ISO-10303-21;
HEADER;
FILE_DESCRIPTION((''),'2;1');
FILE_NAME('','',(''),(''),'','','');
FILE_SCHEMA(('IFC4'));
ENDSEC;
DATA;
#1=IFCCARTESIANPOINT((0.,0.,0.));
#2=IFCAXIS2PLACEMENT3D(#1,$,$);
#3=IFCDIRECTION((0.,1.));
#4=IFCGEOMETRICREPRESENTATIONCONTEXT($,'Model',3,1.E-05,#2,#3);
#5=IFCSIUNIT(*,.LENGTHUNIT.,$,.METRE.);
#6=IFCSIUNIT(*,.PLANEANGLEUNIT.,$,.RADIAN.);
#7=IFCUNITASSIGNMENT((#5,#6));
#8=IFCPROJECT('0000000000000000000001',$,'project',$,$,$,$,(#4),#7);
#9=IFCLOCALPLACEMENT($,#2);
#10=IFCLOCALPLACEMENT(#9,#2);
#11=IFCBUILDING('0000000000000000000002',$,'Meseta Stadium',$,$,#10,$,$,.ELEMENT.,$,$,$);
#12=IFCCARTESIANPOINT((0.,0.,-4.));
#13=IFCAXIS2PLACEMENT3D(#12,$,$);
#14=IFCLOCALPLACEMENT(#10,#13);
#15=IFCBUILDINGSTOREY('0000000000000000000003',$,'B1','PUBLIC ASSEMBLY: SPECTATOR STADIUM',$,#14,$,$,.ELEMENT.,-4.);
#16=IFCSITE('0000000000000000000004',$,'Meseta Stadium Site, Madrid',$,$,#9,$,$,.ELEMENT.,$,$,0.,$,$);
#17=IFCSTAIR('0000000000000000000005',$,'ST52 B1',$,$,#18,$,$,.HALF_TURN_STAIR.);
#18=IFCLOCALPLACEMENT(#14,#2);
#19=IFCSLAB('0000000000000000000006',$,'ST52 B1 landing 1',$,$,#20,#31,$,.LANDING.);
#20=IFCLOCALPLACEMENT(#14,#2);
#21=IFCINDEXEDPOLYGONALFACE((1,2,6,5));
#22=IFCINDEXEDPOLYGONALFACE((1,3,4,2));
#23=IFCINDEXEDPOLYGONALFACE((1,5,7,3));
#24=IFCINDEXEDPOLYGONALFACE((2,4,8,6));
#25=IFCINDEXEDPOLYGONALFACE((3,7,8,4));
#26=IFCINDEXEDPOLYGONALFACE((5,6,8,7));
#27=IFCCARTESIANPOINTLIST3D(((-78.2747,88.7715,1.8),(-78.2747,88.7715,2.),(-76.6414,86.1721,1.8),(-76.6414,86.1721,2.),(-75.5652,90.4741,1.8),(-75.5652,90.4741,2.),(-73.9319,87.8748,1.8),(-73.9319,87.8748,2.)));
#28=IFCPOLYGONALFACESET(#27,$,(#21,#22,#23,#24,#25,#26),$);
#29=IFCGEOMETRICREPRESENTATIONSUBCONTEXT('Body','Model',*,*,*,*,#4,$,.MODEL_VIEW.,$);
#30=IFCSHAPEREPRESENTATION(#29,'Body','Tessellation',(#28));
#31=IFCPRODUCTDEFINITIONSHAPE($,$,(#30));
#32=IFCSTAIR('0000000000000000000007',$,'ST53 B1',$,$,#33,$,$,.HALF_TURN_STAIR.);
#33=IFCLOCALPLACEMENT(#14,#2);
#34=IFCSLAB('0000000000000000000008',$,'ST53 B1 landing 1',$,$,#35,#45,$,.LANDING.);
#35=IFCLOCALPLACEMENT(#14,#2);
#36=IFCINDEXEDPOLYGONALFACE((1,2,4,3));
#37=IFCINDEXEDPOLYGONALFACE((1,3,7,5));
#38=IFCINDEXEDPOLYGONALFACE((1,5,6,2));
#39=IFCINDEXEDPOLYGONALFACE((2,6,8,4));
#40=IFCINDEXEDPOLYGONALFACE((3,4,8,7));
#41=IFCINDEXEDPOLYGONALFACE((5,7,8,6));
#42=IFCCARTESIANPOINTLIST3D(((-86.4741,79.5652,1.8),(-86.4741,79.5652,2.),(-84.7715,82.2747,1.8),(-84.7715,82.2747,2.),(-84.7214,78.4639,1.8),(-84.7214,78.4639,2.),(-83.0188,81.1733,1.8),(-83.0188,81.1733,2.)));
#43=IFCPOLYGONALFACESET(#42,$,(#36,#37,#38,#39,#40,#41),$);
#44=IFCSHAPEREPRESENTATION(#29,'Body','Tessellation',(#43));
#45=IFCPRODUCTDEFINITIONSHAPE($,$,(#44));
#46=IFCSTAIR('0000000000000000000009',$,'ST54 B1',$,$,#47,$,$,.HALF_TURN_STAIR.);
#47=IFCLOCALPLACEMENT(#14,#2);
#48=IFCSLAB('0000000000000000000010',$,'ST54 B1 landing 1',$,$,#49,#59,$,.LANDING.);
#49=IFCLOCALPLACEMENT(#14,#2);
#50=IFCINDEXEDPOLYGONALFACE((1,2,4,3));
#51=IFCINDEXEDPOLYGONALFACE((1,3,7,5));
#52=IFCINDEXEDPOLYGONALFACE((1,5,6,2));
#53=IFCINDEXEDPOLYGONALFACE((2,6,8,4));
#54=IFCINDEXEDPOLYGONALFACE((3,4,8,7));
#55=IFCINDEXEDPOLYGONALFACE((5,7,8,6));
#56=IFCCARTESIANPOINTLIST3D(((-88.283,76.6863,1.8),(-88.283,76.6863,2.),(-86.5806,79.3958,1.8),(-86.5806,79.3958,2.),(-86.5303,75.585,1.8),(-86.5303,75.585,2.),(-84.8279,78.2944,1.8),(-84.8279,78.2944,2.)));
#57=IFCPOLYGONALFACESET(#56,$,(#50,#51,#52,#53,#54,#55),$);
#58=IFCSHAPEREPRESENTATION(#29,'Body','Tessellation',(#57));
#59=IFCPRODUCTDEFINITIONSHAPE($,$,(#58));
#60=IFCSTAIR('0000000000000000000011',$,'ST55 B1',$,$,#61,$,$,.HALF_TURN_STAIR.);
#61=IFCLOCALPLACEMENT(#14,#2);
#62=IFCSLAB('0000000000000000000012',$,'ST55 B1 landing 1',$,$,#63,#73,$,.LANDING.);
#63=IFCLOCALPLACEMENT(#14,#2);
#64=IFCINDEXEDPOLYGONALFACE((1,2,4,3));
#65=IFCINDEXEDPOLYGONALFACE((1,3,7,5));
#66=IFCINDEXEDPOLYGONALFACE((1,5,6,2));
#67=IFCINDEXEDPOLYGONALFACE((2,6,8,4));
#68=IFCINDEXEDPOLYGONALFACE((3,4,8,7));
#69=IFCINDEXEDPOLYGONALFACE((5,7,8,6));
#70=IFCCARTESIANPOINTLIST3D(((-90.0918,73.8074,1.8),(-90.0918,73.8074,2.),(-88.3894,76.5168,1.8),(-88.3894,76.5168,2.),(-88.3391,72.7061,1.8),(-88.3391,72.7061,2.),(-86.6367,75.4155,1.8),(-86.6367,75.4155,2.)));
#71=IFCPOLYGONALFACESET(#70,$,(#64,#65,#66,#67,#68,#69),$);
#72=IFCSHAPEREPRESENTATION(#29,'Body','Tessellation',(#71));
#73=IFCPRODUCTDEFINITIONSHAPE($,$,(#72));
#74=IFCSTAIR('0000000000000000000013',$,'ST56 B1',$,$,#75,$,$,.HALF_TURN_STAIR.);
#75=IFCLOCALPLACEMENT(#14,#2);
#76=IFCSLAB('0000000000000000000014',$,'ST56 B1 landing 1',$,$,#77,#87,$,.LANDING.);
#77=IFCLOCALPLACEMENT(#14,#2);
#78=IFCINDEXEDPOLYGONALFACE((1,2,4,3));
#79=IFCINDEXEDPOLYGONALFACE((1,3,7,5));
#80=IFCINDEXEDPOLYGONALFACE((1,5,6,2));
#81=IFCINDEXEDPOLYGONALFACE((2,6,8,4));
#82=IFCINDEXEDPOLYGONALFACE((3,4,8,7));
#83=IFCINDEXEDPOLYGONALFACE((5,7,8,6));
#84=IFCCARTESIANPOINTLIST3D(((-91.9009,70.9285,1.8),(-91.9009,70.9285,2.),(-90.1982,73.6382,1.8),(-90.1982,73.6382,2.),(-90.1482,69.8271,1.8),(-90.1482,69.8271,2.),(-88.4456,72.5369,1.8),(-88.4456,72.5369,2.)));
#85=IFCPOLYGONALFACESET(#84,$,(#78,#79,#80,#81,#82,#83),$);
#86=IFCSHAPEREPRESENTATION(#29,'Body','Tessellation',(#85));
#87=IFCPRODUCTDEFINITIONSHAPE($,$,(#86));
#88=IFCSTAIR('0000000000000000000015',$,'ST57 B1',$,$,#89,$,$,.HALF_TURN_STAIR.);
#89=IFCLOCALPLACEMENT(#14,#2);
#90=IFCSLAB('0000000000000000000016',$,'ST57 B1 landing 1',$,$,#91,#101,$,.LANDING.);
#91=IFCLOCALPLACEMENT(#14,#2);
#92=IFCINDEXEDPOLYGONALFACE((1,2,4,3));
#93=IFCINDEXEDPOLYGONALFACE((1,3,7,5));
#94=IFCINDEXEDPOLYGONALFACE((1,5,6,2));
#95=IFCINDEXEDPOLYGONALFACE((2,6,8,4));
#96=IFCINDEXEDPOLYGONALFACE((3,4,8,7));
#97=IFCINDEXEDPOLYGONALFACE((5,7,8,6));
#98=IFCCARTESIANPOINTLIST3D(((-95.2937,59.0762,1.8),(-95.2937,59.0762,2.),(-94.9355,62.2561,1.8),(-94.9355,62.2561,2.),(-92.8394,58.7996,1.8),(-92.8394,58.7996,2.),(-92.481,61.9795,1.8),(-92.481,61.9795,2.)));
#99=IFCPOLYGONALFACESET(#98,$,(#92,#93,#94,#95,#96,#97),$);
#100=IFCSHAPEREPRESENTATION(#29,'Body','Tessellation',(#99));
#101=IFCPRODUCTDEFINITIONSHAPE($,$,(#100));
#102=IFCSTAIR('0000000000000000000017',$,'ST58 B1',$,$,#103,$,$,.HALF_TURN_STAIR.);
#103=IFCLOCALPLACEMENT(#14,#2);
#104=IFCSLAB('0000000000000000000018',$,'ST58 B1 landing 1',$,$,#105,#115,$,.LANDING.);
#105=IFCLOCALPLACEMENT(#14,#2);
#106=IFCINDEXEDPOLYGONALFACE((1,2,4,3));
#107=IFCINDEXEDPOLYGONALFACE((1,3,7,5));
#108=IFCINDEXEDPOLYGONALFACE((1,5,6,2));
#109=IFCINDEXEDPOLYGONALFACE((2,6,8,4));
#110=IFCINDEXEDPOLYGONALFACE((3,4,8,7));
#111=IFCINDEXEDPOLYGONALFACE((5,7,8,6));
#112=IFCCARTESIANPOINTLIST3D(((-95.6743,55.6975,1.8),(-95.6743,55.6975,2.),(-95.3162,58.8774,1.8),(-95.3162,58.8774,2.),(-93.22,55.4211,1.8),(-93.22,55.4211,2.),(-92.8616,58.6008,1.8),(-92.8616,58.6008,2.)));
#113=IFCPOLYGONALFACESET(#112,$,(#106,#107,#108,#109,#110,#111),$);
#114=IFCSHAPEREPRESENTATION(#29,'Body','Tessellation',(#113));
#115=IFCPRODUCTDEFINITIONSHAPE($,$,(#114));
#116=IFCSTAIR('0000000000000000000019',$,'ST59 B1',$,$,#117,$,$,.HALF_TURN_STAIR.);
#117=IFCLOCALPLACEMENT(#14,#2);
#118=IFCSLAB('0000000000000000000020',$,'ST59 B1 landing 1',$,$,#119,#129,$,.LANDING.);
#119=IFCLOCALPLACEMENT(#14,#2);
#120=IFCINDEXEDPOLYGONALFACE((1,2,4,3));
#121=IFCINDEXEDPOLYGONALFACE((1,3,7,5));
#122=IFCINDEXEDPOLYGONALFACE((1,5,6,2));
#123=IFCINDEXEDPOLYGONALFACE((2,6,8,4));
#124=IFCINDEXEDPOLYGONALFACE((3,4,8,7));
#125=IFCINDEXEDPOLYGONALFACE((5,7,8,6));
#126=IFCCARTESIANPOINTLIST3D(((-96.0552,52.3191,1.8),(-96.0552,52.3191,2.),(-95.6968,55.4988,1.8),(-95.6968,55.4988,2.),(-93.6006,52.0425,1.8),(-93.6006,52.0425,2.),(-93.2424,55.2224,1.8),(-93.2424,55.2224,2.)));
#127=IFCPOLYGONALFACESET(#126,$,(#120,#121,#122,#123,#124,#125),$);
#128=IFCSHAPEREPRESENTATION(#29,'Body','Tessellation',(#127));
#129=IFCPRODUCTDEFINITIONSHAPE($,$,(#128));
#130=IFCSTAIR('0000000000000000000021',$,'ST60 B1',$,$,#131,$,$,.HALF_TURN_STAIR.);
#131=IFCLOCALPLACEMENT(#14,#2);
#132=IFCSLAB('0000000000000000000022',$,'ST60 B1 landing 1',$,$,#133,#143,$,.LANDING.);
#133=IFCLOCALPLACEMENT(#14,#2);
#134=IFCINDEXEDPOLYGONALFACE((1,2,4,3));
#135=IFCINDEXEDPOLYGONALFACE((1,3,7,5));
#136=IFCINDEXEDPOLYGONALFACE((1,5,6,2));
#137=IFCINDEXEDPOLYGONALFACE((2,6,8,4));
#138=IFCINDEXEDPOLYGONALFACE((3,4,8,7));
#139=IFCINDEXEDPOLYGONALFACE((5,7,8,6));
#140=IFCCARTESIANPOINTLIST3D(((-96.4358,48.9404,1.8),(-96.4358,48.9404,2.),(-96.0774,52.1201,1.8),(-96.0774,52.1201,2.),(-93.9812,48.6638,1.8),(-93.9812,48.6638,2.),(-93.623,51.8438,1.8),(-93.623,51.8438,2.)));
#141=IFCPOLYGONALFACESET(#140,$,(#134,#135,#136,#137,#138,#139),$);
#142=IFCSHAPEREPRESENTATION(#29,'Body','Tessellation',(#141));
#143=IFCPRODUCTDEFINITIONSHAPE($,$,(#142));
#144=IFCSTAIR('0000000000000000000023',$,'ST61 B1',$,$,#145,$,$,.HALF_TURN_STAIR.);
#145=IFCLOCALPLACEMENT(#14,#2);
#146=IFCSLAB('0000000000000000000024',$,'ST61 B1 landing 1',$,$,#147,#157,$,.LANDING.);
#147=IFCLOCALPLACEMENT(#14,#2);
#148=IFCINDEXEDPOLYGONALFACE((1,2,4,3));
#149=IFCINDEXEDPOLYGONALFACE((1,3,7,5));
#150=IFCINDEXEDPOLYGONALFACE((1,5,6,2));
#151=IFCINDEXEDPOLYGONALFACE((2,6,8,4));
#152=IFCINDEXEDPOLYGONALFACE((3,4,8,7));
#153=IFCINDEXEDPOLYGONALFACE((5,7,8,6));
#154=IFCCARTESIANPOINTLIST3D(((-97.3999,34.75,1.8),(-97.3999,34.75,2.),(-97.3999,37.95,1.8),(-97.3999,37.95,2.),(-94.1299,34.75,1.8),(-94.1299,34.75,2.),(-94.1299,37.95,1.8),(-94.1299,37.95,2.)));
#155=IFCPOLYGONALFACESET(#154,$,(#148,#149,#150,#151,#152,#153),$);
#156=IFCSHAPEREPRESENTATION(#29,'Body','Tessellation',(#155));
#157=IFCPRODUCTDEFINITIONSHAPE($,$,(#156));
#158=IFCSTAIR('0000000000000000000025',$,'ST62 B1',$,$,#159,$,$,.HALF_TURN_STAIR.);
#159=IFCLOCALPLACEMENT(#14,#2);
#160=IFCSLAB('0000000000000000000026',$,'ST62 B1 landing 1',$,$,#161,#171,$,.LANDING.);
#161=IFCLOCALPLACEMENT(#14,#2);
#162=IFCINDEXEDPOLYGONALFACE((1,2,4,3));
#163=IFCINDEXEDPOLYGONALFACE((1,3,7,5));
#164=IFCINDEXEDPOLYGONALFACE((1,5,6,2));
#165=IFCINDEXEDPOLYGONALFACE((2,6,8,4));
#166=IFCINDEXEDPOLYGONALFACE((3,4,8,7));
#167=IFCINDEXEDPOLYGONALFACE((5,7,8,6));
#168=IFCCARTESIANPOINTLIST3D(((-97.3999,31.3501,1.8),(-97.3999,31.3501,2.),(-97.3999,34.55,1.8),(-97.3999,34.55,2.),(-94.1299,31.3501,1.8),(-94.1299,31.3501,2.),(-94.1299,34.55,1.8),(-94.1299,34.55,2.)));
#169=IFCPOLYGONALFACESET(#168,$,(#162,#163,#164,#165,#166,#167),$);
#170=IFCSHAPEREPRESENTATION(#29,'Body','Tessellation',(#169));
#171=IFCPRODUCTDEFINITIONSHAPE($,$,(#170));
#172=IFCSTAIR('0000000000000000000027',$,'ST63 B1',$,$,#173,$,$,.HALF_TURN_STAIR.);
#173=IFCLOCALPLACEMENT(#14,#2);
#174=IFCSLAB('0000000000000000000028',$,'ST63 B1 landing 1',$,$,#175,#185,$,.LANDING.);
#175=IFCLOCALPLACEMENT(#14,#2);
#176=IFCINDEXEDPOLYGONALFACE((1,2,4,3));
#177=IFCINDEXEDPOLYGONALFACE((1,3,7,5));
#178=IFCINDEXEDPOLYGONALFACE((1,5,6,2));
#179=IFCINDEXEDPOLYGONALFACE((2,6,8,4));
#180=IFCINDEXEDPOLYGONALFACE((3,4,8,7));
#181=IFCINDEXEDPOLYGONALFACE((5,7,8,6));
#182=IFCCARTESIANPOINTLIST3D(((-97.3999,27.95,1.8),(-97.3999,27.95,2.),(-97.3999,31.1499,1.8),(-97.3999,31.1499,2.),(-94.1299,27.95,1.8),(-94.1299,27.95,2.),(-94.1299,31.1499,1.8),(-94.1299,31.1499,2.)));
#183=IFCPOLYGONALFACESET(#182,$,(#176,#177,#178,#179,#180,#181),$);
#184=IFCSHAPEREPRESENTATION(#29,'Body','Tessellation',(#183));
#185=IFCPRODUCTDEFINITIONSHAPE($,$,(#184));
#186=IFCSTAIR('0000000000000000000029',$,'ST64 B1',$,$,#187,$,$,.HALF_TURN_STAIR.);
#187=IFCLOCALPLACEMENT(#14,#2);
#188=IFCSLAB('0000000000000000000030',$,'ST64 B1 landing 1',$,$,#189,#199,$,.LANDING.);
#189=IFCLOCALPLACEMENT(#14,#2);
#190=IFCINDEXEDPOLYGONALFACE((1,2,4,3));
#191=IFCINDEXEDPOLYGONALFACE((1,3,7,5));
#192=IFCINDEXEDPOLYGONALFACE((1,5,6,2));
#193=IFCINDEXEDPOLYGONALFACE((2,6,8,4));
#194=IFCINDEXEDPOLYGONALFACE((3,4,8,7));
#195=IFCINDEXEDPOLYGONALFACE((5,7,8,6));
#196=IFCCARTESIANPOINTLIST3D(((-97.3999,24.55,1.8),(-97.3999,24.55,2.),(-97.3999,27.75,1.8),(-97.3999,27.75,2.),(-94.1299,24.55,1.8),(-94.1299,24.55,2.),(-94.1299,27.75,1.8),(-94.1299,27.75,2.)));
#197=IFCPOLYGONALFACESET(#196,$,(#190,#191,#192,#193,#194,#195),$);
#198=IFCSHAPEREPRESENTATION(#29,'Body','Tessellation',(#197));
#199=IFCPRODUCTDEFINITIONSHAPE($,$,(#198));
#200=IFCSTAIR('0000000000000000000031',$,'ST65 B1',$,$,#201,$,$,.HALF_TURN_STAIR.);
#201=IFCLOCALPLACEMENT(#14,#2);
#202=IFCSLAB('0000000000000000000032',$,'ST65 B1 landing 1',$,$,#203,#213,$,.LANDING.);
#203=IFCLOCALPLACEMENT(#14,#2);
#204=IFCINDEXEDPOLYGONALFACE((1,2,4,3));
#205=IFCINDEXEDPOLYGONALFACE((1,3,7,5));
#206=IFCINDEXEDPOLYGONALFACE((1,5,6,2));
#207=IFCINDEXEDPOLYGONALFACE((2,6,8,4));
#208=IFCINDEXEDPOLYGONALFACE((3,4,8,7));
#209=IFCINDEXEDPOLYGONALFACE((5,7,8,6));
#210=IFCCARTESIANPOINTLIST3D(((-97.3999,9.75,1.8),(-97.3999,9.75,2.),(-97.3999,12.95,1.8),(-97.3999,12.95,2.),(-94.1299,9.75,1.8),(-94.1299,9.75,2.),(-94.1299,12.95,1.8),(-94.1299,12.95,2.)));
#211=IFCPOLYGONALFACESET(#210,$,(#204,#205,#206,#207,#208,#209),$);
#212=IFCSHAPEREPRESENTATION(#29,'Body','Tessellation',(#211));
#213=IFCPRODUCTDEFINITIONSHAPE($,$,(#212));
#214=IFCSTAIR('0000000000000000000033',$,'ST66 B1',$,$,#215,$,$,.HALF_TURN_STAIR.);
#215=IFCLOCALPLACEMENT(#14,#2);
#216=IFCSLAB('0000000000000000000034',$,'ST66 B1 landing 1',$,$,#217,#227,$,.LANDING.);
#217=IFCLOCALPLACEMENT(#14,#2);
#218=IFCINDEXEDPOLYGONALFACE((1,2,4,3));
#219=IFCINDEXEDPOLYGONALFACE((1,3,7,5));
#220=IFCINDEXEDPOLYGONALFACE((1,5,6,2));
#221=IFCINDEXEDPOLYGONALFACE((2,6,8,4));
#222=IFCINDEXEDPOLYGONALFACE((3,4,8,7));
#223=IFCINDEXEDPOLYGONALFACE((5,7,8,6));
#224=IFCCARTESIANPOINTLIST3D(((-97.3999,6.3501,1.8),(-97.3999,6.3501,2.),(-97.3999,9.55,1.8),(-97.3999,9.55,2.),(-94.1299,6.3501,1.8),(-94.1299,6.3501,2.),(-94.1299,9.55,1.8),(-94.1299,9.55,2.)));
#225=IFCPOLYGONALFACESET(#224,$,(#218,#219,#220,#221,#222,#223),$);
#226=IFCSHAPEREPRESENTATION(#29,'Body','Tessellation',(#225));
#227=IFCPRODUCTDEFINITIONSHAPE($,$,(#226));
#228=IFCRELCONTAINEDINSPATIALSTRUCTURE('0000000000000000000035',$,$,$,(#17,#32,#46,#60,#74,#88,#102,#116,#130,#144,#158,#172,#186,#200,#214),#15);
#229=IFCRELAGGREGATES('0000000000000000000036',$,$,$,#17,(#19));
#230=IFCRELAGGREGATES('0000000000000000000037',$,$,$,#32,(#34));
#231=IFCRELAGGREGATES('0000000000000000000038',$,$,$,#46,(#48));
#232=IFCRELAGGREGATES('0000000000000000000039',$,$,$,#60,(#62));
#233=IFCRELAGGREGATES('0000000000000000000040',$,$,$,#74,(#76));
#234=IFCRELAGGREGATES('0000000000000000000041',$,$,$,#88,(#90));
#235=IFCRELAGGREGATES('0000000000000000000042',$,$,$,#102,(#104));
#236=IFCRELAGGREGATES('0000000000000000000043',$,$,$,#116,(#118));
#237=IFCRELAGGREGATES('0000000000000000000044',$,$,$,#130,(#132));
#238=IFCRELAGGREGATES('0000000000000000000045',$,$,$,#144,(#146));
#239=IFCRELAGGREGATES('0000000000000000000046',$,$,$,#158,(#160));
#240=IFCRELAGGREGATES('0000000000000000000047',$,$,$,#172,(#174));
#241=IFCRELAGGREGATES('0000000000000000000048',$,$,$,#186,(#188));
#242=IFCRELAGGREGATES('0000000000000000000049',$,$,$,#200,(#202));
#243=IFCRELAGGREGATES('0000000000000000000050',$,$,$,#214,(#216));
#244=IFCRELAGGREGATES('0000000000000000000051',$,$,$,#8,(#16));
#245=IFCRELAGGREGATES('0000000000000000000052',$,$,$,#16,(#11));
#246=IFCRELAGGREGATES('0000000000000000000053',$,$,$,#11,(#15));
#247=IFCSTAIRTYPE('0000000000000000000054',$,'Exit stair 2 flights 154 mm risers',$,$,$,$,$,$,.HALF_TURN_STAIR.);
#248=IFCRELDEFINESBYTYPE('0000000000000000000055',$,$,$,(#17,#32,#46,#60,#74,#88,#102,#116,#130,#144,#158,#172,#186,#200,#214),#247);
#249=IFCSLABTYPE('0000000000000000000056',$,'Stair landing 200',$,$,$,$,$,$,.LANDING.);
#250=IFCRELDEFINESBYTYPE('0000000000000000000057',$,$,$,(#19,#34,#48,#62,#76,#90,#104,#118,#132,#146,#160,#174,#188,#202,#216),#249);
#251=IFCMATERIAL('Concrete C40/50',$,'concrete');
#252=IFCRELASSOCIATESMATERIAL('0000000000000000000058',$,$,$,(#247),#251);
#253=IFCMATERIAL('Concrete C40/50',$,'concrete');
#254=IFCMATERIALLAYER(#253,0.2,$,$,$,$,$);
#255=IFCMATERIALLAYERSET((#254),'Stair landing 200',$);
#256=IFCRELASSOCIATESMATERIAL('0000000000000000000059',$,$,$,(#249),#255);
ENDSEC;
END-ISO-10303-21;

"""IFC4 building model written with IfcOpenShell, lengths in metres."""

from ifc_helpers import new_model, si_unit, direction, frame, origin, place, context, subcontext, project, spatial, polyline, outline, extrude, material, layer, layer_set, type_object, element, aggregate, save


model = new_model("IFC4")

# Units and contexts
model_context = context("Model", 3, precision=1e-05, world=origin(), true_north=direction((0.0, 1.0)))
body_context = subcontext(model_context, "Body", "Model", "MODEL_VIEW")
ifc_project = project(units=[si_unit("LENGTHUNIT", "METRE"), si_unit("PLANEANGLEUNIT", "RADIAN")], contexts=[model_context])

# Site, building, storey
site_placement = place(None, origin())
site = spatial("IfcSite", under=ifc_project, at=site_placement, Name="Meseta Stadium Site, Madrid", CompositionType="ELEMENT", RefElevation=0.0)
building_placement = place(site_placement, origin())
building = spatial("IfcBuilding", under=site, at=building_placement, Name="Meseta Stadium", CompositionType="ELEMENT")
storey_placement = place(building_placement, frame((0.0, 0.0, -4.0)))
storey = spatial("IfcBuildingStorey", under=building, at=storey_placement, Name="B1", Description="PUBLIC ASSEMBLY: SPECTATOR STADIUM", CompositionType="ELEMENT", Elevation=-4.0)

# Stairs, slabs
ifc_material_1 = material(Name="Concrete C40/50", Category="concrete")
stair_type = type_object("IfcStairType", Name="Exit stair 2 flights 154 mm risers", PredefinedType="HALF_TURN_STAIR", material=ifc_material_1)
ifc_material_2 = material(Name="Concrete C40/50", Category="concrete")
ifc_layer = layer(ifc_material_2, 0.2)
ifc_layer_set = layer_set([ifc_layer], Name="Stair landing 200")
slab_type = type_object("IfcSlabType", Name="Stair landing 200", PredefinedType="LANDING", material=ifc_layer_set)
stair_1_placement = place(storey_placement, origin())
stair_1 = element("IfcStair", 1, at=stair_1_placement, inside=storey, type_object=stair_type, Name="ST52 B1", PredefinedType="HALF_TURN_STAIR")
slab_1_placement = place(storey_placement, frame((0.0, 0.0, 1.8)))
slab_1 = element("IfcSlab", 2, at=slab_1_placement, type_object=slab_type, Name="ST52 B1 landing 1", PredefinedType="LANDING", context=body_context, shape_type="SweptSolid", body=[
    extrude(outline(polyline([(-73.9319, 87.8748), (-75.5652, 90.4741), (-78.2747, 88.7715), (-76.6414, 86.1721), (-73.9319, 87.8748)])), origin(), (0.0, 0.0, 1.0), 0.2),
])
aggregate(stair_1, [slab_1])
stair_2_placement = place(storey_placement, origin())
stair_2 = element("IfcStair", 3, at=stair_2_placement, inside=storey, type_object=stair_type, Name="ST53 B1", PredefinedType="HALF_TURN_STAIR")
slab_2_placement = place(storey_placement, frame((0.0, 0.0, 1.8)))
slab_2 = element("IfcSlab", 4, at=slab_2_placement, type_object=slab_type, Name="ST53 B1 landing 1", PredefinedType="LANDING", context=body_context, shape_type="SweptSolid", body=[
    extrude(outline(polyline([(-83.0188, 81.1733), (-84.7715, 82.2747), (-86.4741, 79.5652), (-84.7214, 78.4639), (-83.0188, 81.1733)])), origin(), (0.0, 0.0, 1.0), 0.2),
])
aggregate(stair_2, [slab_2])
stair_3_placement = place(storey_placement, origin())
stair_3 = element("IfcStair", 5, at=stair_3_placement, inside=storey, type_object=stair_type, Name="ST54 B1", PredefinedType="HALF_TURN_STAIR")
slab_3_placement = place(storey_placement, frame((0.0, 0.0, 1.8)))
slab_3 = element("IfcSlab", 6, at=slab_3_placement, type_object=slab_type, Name="ST54 B1 landing 1", PredefinedType="LANDING", context=body_context, shape_type="SweptSolid", body=[
    extrude(outline(polyline([(-84.8279, 78.2944), (-86.5806, 79.3958), (-88.283, 76.6863), (-86.5303, 75.585), (-84.8279, 78.2944)])), origin(), (0.0, 0.0, 1.0), 0.2),
])
aggregate(stair_3, [slab_3])
stair_4_placement = place(storey_placement, origin())
stair_4 = element("IfcStair", 7, at=stair_4_placement, inside=storey, type_object=stair_type, Name="ST55 B1", PredefinedType="HALF_TURN_STAIR")
slab_4_placement = place(storey_placement, frame((0.0, 0.0, 1.8)))
slab_4 = element("IfcSlab", 8, at=slab_4_placement, type_object=slab_type, Name="ST55 B1 landing 1", PredefinedType="LANDING", context=body_context, shape_type="SweptSolid", body=[
    extrude(outline(polyline([(-86.6367, 75.4155), (-88.3894, 76.5168), (-90.0918, 73.8074), (-88.3391, 72.7061), (-86.6367, 75.4155)])), origin(), (0.0, 0.0, 1.0), 0.2),
])
aggregate(stair_4, [slab_4])
stair_5_placement = place(storey_placement, origin())
stair_5 = element("IfcStair", 9, at=stair_5_placement, inside=storey, type_object=stair_type, Name="ST56 B1", PredefinedType="HALF_TURN_STAIR")
slab_5_placement = place(storey_placement, frame((0.0, 0.0, 1.8)))
slab_5 = element("IfcSlab", 10, at=slab_5_placement, type_object=slab_type, Name="ST56 B1 landing 1", PredefinedType="LANDING", context=body_context, shape_type="SweptSolid", body=[
    extrude(outline(polyline([(-88.4456, 72.5369), (-90.1982, 73.6382), (-91.9009, 70.9285), (-90.1482, 69.8271), (-88.4456, 72.5369)])), origin(), (0.0, 0.0, 1.0), 0.2),
])
aggregate(stair_5, [slab_5])
stair_6_placement = place(storey_placement, origin())
stair_6 = element("IfcStair", 11, at=stair_6_placement, inside=storey, type_object=stair_type, Name="ST57 B1", PredefinedType="HALF_TURN_STAIR")
slab_6_placement = place(storey_placement, frame((0.0, 0.0, 1.8)))
slab_6 = element("IfcSlab", 12, at=slab_6_placement, type_object=slab_type, Name="ST57 B1 landing 1", PredefinedType="LANDING", context=body_context, shape_type="SweptSolid", body=[
    extrude(outline(polyline([(-92.481, 61.9795), (-94.9355, 62.2561), (-95.2937, 59.0762), (-92.8394, 58.7996), (-92.481, 61.9795)])), origin(), (0.0, 0.0, 1.0), 0.2),
])
aggregate(stair_6, [slab_6])
stair_7_placement = place(storey_placement, origin())
stair_7 = element("IfcStair", 13, at=stair_7_placement, inside=storey, type_object=stair_type, Name="ST58 B1", PredefinedType="HALF_TURN_STAIR")
slab_7_placement = place(storey_placement, frame((0.0, 0.0, 1.8)))
slab_7 = element("IfcSlab", 14, at=slab_7_placement, type_object=slab_type, Name="ST58 B1 landing 1", PredefinedType="LANDING", context=body_context, shape_type="SweptSolid", body=[
    extrude(outline(polyline([(-92.8616, 58.6008), (-95.3162, 58.8774), (-95.6743, 55.6975), (-93.22, 55.4211), (-92.8616, 58.6008)])), origin(), (0.0, 0.0, 1.0), 0.2),
])
aggregate(stair_7, [slab_7])
stair_8_placement = place(storey_placement, origin())
stair_8 = element("IfcStair", 15, at=stair_8_placement, inside=storey, type_object=stair_type, Name="ST59 B1", PredefinedType="HALF_TURN_STAIR")
slab_8_placement = place(storey_placement, frame((0.0, 0.0, 1.8)))
slab_8 = element("IfcSlab", 16, at=slab_8_placement, type_object=slab_type, Name="ST59 B1 landing 1", PredefinedType="LANDING", context=body_context, shape_type="SweptSolid", body=[
    extrude(outline(polyline([(-93.2424, 55.2224), (-95.6968, 55.4988), (-96.0552, 52.3191), (-93.6006, 52.0425), (-93.2424, 55.2224)])), origin(), (0.0, 0.0, 1.0), 0.2),
])
aggregate(stair_8, [slab_8])
stair_9_placement = place(storey_placement, origin())
stair_9 = element("IfcStair", 17, at=stair_9_placement, inside=storey, type_object=stair_type, Name="ST60 B1", PredefinedType="HALF_TURN_STAIR")
slab_9_placement = place(storey_placement, frame((0.0, 0.0, 1.8)))
slab_9 = element("IfcSlab", 18, at=slab_9_placement, type_object=slab_type, Name="ST60 B1 landing 1", PredefinedType="LANDING", context=body_context, shape_type="SweptSolid", body=[
    extrude(outline(polyline([(-93.623, 51.8438), (-96.0774, 52.1201), (-96.4358, 48.9404), (-93.9812, 48.6638), (-93.623, 51.8438)])), origin(), (0.0, 0.0, 1.0), 0.2),
])
aggregate(stair_9, [slab_9])
stair_10_placement = place(storey_placement, origin())
stair_10 = element("IfcStair", 19, at=stair_10_placement, inside=storey, type_object=stair_type, Name="ST61 B1", PredefinedType="HALF_TURN_STAIR")
slab_10_placement = place(storey_placement, frame((0.0, 0.0, 1.8)))
slab_10 = element("IfcSlab", 20, at=slab_10_placement, type_object=slab_type, Name="ST61 B1 landing 1", PredefinedType="LANDING", context=body_context, shape_type="SweptSolid", body=[
    extrude(outline(polyline([(-94.1299, 37.95), (-97.3999, 37.95), (-97.3999, 34.75), (-94.1299, 34.75), (-94.1299, 37.95)])), origin(), (0.0, 0.0, 1.0), 0.2),
])
aggregate(stair_10, [slab_10])
stair_11_placement = place(storey_placement, origin())
stair_11 = element("IfcStair", 21, at=stair_11_placement, inside=storey, type_object=stair_type, Name="ST62 B1", PredefinedType="HALF_TURN_STAIR")
slab_11_placement = place(storey_placement, frame((0.0, 0.0, 1.8)))
slab_11 = element("IfcSlab", 22, at=slab_11_placement, type_object=slab_type, Name="ST62 B1 landing 1", PredefinedType="LANDING", context=body_context, shape_type="SweptSolid", body=[
    extrude(outline(polyline([(-94.1299, 34.55), (-97.3999, 34.55), (-97.3999, 31.3501), (-94.1299, 31.3501), (-94.1299, 34.55)])), origin(), (0.0, 0.0, 1.0), 0.2),
])
aggregate(stair_11, [slab_11])
stair_12_placement = place(storey_placement, origin())
stair_12 = element("IfcStair", 23, at=stair_12_placement, inside=storey, type_object=stair_type, Name="ST63 B1", PredefinedType="HALF_TURN_STAIR")
slab_12_placement = place(storey_placement, frame((0.0, 0.0, 1.8)))
slab_12 = element("IfcSlab", 24, at=slab_12_placement, type_object=slab_type, Name="ST63 B1 landing 1", PredefinedType="LANDING", context=body_context, shape_type="SweptSolid", body=[
    extrude(outline(polyline([(-94.1299, 31.1499), (-97.3999, 31.1499), (-97.3999, 27.95), (-94.1299, 27.95), (-94.1299, 31.1499)])), origin(), (0.0, 0.0, 1.0), 0.2),
])
aggregate(stair_12, [slab_12])
stair_13_placement = place(storey_placement, origin())
stair_13 = element("IfcStair", 25, at=stair_13_placement, inside=storey, type_object=stair_type, Name="ST64 B1", PredefinedType="HALF_TURN_STAIR")
slab_13_placement = place(storey_placement, frame((0.0, 0.0, 1.8)))
slab_13 = element("IfcSlab", 26, at=slab_13_placement, type_object=slab_type, Name="ST64 B1 landing 1", PredefinedType="LANDING", context=body_context, shape_type="SweptSolid", body=[
    extrude(outline(polyline([(-94.1299, 27.75), (-97.3999, 27.75), (-97.3999, 24.55), (-94.1299, 24.55), (-94.1299, 27.75)])), origin(), (0.0, 0.0, 1.0), 0.2),
])
aggregate(stair_13, [slab_13])
stair_14_placement = place(storey_placement, origin())
stair_14 = element("IfcStair", 27, at=stair_14_placement, inside=storey, type_object=stair_type, Name="ST65 B1", PredefinedType="HALF_TURN_STAIR")
slab_14_placement = place(storey_placement, frame((0.0, 0.0, 1.8)))
slab_14 = element("IfcSlab", 28, at=slab_14_placement, type_object=slab_type, Name="ST65 B1 landing 1", PredefinedType="LANDING", context=body_context, shape_type="SweptSolid", body=[
    extrude(outline(polyline([(-94.1299, 12.95), (-97.3999, 12.95), (-97.3999, 9.75), (-94.1299, 9.75), (-94.1299, 12.95)])), origin(), (0.0, 0.0, 1.0), 0.2),
])
aggregate(stair_14, [slab_14])
stair_15_placement = place(storey_placement, origin())
stair_15 = element("IfcStair", 29, at=stair_15_placement, inside=storey, type_object=stair_type, Name="ST66 B1", PredefinedType="HALF_TURN_STAIR")
slab_15_placement = place(storey_placement, frame((0.0, 0.0, 1.8)))
slab_15 = element("IfcSlab", 30, at=slab_15_placement, type_object=slab_type, Name="ST66 B1 landing 1", PredefinedType="LANDING", context=body_context, shape_type="SweptSolid", body=[
    extrude(outline(polyline([(-94.1299, 9.55), (-97.3999, 9.55), (-97.3999, 6.3501), (-94.1299, 6.3501), (-94.1299, 9.55)])), origin(), (0.0, 0.0, 1.0), 0.2),
])
aggregate(stair_15, [slab_15])

save(model, "model.ifc")
